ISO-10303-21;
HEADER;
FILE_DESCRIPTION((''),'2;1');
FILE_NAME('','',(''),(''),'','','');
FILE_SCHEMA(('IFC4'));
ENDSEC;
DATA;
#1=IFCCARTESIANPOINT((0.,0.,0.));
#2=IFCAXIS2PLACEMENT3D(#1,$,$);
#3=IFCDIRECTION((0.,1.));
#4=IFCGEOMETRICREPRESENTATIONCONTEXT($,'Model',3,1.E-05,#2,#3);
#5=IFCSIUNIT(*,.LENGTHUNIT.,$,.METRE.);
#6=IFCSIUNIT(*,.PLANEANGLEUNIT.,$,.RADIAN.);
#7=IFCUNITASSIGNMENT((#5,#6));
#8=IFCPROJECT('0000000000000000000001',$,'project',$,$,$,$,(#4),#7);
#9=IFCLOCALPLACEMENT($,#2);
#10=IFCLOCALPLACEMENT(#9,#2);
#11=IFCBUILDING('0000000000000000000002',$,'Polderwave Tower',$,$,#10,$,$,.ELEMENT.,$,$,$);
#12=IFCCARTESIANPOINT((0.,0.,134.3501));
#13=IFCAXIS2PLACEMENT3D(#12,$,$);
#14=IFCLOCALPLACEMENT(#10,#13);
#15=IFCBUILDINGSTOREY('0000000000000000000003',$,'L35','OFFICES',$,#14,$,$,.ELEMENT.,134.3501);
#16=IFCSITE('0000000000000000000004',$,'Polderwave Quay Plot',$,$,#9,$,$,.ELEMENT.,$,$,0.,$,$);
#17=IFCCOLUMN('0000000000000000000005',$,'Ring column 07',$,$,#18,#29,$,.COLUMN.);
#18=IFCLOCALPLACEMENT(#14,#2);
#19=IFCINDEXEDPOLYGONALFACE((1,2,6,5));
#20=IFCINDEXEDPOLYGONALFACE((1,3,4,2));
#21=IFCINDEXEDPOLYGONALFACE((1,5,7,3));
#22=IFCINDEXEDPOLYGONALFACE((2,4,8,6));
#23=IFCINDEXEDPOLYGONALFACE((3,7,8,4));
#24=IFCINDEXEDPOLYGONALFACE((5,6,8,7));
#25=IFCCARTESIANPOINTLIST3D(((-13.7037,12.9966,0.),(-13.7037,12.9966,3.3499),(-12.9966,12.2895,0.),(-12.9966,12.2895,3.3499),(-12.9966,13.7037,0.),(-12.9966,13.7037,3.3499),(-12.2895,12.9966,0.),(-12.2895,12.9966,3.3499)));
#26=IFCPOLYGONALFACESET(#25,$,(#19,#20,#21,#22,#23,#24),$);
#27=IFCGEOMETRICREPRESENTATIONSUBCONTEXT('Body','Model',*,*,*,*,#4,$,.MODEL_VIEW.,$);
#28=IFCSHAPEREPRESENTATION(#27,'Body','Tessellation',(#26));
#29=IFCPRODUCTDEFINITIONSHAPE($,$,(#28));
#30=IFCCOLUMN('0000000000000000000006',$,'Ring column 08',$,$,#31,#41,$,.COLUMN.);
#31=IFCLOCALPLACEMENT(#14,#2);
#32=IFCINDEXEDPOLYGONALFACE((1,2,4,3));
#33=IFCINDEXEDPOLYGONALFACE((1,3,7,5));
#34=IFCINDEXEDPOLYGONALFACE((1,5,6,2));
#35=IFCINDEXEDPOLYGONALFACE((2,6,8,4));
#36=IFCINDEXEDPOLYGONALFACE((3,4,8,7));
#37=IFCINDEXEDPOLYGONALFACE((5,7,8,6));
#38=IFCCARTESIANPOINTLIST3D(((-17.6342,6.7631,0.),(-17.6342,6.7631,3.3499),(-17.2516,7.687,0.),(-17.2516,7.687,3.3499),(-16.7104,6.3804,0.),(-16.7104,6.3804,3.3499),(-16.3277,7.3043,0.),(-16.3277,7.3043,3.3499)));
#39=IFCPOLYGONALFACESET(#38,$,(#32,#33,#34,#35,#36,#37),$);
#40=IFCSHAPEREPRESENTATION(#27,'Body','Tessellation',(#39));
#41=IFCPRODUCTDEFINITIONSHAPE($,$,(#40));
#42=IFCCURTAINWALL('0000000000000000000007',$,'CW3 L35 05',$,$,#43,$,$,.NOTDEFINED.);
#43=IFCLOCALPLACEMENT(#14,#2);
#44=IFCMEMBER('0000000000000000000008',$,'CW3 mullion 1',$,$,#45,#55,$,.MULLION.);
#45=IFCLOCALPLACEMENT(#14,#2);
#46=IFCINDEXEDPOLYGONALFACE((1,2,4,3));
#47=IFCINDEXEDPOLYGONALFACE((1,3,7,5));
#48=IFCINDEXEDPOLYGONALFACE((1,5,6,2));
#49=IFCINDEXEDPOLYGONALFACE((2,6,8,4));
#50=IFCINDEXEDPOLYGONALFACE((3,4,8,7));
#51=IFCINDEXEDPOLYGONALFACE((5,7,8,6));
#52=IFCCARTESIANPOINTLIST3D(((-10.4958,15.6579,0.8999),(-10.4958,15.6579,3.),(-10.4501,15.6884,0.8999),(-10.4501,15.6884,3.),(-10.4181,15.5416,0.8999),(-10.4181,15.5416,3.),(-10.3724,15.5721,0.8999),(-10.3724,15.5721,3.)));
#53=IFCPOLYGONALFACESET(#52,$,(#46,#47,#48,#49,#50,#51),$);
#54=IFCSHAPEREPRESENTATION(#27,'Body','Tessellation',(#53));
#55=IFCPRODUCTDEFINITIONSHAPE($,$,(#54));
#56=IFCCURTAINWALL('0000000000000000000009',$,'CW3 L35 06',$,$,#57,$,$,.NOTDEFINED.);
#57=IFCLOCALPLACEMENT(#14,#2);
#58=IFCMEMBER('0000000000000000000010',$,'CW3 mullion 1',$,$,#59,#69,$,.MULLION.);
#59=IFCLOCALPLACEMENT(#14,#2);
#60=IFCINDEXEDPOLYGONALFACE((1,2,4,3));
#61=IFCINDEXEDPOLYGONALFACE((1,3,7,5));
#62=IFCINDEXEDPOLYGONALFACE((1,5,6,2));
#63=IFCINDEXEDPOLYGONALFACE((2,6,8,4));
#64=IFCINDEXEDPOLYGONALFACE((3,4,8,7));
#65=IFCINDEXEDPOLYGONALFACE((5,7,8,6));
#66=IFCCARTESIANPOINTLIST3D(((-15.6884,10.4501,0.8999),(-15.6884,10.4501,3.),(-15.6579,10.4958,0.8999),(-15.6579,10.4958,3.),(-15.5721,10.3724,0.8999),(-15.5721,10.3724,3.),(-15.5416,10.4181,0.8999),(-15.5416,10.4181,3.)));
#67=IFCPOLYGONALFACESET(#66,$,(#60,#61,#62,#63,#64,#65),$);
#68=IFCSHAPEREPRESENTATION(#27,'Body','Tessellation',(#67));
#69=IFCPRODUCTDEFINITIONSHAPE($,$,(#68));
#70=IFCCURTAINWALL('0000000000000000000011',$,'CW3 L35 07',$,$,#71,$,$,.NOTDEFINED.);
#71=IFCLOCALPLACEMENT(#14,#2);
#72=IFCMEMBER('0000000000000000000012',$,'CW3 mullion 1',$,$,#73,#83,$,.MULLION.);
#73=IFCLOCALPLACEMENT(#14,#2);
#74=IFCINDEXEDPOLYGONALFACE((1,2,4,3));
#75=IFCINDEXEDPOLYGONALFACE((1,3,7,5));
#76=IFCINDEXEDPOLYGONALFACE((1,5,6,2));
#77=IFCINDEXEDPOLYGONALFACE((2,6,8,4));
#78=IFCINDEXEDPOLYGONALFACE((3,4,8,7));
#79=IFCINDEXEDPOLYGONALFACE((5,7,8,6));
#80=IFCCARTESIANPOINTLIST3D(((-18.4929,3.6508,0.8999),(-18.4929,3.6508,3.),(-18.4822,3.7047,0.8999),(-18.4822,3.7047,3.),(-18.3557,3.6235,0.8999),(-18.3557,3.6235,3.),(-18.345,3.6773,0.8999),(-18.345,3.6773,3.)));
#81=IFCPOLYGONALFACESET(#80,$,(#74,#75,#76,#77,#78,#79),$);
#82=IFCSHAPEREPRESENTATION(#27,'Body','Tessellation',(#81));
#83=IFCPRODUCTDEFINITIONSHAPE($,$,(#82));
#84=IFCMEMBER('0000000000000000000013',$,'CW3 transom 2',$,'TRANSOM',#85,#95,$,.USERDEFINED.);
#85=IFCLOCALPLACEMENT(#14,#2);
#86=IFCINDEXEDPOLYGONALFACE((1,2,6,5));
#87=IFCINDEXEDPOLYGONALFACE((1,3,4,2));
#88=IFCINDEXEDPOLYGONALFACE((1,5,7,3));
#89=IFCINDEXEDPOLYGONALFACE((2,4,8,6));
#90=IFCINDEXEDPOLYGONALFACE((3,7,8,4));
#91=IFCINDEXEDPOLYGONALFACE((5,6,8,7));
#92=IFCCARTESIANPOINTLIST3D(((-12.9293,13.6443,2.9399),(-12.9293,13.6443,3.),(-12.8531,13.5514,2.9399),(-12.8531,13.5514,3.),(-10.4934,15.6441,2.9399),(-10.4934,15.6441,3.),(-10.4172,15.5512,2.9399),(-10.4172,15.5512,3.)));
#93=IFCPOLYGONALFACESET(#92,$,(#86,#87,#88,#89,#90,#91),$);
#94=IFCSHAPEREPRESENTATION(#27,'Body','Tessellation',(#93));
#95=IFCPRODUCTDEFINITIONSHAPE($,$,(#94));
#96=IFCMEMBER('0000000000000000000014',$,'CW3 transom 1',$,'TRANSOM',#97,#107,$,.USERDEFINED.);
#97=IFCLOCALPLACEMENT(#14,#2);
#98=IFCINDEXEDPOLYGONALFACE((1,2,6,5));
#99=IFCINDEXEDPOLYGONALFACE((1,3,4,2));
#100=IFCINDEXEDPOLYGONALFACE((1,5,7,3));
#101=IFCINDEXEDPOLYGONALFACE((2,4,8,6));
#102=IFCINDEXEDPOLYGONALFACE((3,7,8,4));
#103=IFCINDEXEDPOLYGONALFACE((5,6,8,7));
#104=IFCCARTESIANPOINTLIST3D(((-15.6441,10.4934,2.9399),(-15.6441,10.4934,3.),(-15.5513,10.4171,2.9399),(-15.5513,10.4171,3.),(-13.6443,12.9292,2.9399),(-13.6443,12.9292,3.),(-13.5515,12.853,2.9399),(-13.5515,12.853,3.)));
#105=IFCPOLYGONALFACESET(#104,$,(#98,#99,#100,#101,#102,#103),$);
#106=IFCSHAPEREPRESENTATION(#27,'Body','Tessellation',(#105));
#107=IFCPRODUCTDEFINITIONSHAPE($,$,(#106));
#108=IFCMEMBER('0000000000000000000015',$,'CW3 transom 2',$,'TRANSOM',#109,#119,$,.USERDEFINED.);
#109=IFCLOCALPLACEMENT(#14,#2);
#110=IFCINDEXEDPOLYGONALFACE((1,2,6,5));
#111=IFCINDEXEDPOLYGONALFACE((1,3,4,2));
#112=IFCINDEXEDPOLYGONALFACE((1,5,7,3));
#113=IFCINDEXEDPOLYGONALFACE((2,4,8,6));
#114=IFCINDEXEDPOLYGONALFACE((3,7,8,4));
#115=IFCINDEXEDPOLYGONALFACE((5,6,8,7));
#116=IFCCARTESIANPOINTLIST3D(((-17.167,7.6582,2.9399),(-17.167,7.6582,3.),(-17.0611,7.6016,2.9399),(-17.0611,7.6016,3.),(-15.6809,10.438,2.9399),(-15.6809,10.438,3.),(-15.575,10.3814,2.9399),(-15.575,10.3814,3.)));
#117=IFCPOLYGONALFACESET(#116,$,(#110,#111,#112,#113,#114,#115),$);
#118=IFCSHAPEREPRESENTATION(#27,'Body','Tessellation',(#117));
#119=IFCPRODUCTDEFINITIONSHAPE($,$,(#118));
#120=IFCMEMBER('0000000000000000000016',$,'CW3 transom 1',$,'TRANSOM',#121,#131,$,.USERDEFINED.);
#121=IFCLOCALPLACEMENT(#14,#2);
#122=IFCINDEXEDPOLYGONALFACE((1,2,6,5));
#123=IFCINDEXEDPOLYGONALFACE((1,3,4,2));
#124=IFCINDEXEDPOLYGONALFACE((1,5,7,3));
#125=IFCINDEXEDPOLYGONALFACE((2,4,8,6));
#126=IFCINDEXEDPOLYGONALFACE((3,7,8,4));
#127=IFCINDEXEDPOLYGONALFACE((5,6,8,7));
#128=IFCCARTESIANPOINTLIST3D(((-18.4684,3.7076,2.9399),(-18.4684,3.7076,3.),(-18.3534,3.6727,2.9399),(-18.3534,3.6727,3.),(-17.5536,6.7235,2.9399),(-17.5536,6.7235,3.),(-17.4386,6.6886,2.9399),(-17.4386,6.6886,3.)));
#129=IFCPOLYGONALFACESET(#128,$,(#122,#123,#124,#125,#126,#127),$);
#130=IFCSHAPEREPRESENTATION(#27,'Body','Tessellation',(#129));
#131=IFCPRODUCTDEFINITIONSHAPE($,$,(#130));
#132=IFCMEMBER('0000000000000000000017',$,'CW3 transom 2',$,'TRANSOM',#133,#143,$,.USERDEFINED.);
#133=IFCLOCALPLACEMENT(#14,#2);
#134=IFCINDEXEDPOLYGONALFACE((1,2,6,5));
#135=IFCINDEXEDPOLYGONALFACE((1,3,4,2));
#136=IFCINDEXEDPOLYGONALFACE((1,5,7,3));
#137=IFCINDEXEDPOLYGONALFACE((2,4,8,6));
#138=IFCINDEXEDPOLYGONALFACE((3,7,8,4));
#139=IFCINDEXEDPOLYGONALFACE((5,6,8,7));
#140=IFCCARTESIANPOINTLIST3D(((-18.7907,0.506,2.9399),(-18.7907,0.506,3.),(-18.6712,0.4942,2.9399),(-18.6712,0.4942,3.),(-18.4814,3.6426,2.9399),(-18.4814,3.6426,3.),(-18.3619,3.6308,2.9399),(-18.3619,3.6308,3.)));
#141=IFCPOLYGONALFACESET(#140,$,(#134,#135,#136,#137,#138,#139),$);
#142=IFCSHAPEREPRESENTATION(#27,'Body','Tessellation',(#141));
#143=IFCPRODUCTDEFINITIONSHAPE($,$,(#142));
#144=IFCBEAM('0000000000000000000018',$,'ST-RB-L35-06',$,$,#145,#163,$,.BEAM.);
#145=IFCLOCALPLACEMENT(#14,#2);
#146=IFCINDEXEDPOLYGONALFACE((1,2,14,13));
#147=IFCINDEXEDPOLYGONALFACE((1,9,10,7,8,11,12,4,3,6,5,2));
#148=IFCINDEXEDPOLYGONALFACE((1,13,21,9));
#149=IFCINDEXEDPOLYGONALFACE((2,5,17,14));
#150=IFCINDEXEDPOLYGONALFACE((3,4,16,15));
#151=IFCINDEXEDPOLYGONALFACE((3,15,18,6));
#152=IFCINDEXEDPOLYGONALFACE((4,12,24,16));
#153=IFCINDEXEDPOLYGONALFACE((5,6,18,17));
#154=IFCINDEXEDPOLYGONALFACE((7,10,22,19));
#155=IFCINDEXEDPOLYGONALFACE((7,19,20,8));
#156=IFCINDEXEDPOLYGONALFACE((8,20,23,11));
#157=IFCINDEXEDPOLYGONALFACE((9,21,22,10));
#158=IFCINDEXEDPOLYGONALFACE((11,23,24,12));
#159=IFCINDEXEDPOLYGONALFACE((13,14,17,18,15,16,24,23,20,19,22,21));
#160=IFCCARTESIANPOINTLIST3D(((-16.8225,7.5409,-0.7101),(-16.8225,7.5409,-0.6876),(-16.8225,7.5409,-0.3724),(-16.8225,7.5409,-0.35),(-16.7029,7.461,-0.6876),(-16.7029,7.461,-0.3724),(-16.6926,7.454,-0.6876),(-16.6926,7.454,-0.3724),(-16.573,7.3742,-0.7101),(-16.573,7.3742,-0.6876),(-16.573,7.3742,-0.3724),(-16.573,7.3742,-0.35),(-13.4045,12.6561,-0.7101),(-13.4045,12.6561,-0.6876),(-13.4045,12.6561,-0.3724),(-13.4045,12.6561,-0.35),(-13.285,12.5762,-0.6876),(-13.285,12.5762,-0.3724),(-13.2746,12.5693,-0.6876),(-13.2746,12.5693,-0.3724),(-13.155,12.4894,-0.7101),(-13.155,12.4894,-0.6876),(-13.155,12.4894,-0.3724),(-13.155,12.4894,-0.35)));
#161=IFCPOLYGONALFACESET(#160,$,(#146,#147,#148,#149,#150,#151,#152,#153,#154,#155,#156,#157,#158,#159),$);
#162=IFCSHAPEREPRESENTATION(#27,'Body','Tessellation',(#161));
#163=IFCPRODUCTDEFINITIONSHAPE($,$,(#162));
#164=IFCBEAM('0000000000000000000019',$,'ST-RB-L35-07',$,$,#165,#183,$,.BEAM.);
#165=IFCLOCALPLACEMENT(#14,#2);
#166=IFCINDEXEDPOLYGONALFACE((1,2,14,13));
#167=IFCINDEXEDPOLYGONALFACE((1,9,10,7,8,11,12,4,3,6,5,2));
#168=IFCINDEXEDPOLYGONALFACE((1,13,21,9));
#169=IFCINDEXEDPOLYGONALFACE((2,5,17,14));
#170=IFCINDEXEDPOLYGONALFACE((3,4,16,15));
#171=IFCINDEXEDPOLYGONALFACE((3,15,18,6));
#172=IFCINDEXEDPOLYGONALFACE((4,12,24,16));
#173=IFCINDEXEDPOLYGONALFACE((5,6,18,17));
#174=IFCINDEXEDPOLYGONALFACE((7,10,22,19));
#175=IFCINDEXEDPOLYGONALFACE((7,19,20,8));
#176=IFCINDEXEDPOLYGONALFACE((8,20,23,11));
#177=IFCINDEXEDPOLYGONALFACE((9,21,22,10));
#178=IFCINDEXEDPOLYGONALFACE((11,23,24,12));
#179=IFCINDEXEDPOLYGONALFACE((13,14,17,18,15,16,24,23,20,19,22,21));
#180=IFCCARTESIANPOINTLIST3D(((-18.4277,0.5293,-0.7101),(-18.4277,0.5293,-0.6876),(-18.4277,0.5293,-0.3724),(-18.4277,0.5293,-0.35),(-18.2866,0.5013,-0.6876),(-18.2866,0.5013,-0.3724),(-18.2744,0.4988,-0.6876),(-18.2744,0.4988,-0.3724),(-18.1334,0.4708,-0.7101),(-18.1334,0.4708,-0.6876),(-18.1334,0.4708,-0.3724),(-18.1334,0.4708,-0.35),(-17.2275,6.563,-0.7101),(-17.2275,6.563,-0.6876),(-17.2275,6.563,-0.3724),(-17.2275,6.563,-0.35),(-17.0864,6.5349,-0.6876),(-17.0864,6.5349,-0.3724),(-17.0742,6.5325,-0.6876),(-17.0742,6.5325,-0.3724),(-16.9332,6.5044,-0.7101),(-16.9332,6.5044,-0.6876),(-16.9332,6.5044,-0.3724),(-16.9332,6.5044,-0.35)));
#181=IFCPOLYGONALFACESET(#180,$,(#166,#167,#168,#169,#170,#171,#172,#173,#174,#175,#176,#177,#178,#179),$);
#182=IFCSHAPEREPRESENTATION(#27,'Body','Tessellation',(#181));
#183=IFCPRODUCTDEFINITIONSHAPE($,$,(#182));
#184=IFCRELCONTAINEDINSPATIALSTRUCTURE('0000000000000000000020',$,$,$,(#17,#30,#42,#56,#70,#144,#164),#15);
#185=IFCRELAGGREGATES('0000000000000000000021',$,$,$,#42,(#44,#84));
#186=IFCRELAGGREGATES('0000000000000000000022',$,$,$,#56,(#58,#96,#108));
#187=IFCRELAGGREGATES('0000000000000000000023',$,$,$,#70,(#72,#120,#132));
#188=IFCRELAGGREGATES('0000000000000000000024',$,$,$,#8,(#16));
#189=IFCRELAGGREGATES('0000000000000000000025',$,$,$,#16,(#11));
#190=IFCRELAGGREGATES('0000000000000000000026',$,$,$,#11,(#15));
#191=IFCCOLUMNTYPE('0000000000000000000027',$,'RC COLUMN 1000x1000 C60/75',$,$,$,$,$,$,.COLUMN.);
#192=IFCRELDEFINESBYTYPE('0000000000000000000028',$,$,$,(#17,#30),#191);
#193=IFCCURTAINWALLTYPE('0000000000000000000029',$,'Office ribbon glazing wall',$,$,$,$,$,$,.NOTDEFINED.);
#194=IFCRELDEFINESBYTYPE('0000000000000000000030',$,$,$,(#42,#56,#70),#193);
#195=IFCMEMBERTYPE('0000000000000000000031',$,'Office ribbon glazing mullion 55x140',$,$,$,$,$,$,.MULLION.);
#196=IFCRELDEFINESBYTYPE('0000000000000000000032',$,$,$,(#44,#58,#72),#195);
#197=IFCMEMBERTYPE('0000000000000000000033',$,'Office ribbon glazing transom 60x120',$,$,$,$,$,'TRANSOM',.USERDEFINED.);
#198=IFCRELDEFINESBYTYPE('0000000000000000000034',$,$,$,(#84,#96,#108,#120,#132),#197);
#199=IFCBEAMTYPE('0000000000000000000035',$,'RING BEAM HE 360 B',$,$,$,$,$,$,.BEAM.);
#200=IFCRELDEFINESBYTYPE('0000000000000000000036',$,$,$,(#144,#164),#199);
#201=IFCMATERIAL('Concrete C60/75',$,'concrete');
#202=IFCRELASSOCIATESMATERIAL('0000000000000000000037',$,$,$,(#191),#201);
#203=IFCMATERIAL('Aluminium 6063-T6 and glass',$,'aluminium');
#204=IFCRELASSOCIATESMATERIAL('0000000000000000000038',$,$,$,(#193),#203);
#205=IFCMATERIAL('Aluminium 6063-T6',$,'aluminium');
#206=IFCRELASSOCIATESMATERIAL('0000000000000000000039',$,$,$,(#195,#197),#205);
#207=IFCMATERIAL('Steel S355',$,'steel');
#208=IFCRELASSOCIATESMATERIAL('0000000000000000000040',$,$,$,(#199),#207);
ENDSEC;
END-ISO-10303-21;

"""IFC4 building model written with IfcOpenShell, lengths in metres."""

from ifc_helpers import new_model, si_unit, direction, frame, origin, origin_2d, place, context, subcontext, project, spatial, rectangle, i_section, extrude, material, material_profile, profile_set, type_object, element, aggregate, save


model = new_model("IFC4")

# Units and contexts
model_context = context("Model", 3, precision=1e-05, world=origin(), true_north=direction((0.0, 1.0)))
body_context = subcontext(model_context, "Body", "Model", "MODEL_VIEW")
ifc_project = project(units=[si_unit("LENGTHUNIT", "METRE"), si_unit("PLANEANGLEUNIT", "RADIAN")], contexts=[model_context])

# Site, building, storey
site_placement = place(None, origin())
site = spatial("IfcSite", under=ifc_project, at=site_placement, Name="Polderwave Quay Plot", CompositionType="ELEMENT", RefElevation=0.0)
building_placement = place(site_placement, origin())
building = spatial("IfcBuilding", under=site, at=building_placement, Name="Polderwave Tower", CompositionType="ELEMENT")
storey_placement = place(building_placement, frame((0.0, 0.0, 134.3501)))
storey = spatial("IfcBuildingStorey", under=building, at=storey_placement, Name="L35", Description="OFFICES", CompositionType="ELEMENT", Elevation=134.3501)

# Columns
ifc_material_1 = material(Name="Concrete C60/75", Category="concrete")
ifc_material_profile_1 = material_profile(ifc_material_1, rectangle(XDim=1.0, YDim=1.0, at=origin_2d()), Name="RC 1000x1000")
ifc_profile_set_1 = profile_set([ifc_material_profile_1], Name="Concrete C60/75")
column_type = type_object("IfcColumnType", Name="RC COLUMN 1000x1000 C60/75", PredefinedType="COLUMN", material=ifc_profile_set_1)
for number, where, z_axis, x_axis, name in (
    (1, (-12.9966, 12.9966, 0.0), (0.0, 0.0, 1.0), (-0.707107, 0.707107, 0.0), "Ring column 07"),
    (2, (-16.981, 7.0337, 0.0), (0.0, 0.0, 1.0), (-0.92388, 0.382683, 0.0), "Ring column 08"),
):
    element("IfcColumn", number, at=place(storey_placement, frame(where, z_axis=z_axis, x_axis=x_axis)), inside=storey, type_object=column_type, Name=name, PredefinedType="COLUMN", context=body_context, shape_type="SweptSolid", body=[
        extrude(rectangle(XDim=1.0, YDim=1.0, at=origin_2d()), origin(), (0.0, 0.0, 1.0), 3.3499),
    ])

# Curtain walls, members
ifc_material_2 = material(Name="Aluminium 6063-T6 and glass", Category="aluminium")
curtain_wall_type = type_object("IfcCurtainWallType", Name="Office ribbon glazing wall", PredefinedType="NOTDEFINED", material=ifc_material_2)
curtain_wall_1_placement = place(storey_placement, origin())
curtain_wall_1 = element("IfcCurtainWall", 3, at=curtain_wall_1_placement, inside=storey, type_object=curtain_wall_type, Name="CW3 L35 05", PredefinedType="NOTDEFINED")
ifc_material_3 = material(Name="Aluminium 6063-T6", Category="aluminium")
ifc_material_profile_2 = material_profile(ifc_material_3, rectangle(XDim=0.1399, YDim=0.0549, at=origin_2d()), Name="AL 55x140")
ifc_profile_set_2 = profile_set([ifc_material_profile_2], Name="Aluminium 6063-T6")
member_type_1 = type_object("IfcMemberType", Name="Office ribbon glazing mullion 55x140", PredefinedType="MULLION", material=ifc_profile_set_2)
member_1_placement = place(storey_placement, frame((-10.4341, 15.615, 0.8999), z_axis=(0.0, 0.0, 1.0), x_axis=(0.555657, -0.831411, 0.0)))
member_1 = element("IfcMember", 4, at=member_1_placement, type_object=member_type_1, Name="CW3 mullion 1", PredefinedType="MULLION", context=body_context, shape_type="SweptSolid", body=[
    extrude(rectangle(XDim=0.1399, YDim=0.0549, at=origin_2d()), origin(), (0.0, 0.0, 1.0), 2.1001),
])
curtain_wall_2_placement = place(storey_placement, origin())
curtain_wall_2 = element("IfcCurtainWall", 5, at=curtain_wall_2_placement, inside=storey, type_object=curtain_wall_type, Name="CW3 L35 06", PredefinedType="NOTDEFINED")
member_2_placement = place(storey_placement, frame((-15.615, 10.4341, 0.8999), z_axis=(0.0, 0.0, 1.0), x_axis=(0.831411, -0.555657, 0.0)))
member_2 = element("IfcMember", 6, at=member_2_placement, type_object=member_type_1, Name="CW3 mullion 1", PredefinedType="MULLION", context=body_context, shape_type="SweptSolid", body=[
    extrude(rectangle(XDim=0.1399, YDim=0.0549, at=origin_2d()), origin(), (0.0, 0.0, 1.0), 2.1001),
])
curtain_wall_3_placement = place(storey_placement, origin())
curtain_wall_3 = element("IfcCurtainWall", 7, at=curtain_wall_3_placement, inside=storey, type_object=curtain_wall_type, Name="CW3 L35 07", PredefinedType="NOTDEFINED")
member_3_placement = place(storey_placement, frame((-18.4189, 3.6641, 0.8999), z_axis=(0.0, 0.0, 1.0), x_axis=(0.980768, -0.195179, 0.0)))
member_3 = element("IfcMember", 8, at=member_3_placement, type_object=member_type_1, Name="CW3 mullion 1", PredefinedType="MULLION", context=body_context, shape_type="SweptSolid", body=[
    extrude(rectangle(XDim=0.1399, YDim=0.0549, at=origin_2d()), origin(), (0.0, 0.0, 1.0), 2.1001),
])

# Members
ifc_material_profile_3 = material_profile(ifc_material_3, rectangle(XDim=0.1201, YDim=0.0601, at=origin_2d()), Name="AL 60x120")
ifc_profile_set_3 = profile_set([ifc_material_profile_3], Name="Aluminium 6063-T6")
member_type_2 = type_object("IfcMemberType", Name="Office ribbon glazing transom 60x120", ElementType="TRANSOM", PredefinedType="USERDEFINED", material=ifc_profile_set_3)
member_4_placement = place(storey_placement, frame((-10.4553, 15.5977, 2.97), z_axis=(-0.772893, -0.634536, 0.0), x_axis=(0.634536, -0.772893, 0.0)))
member_4 = element("IfcMember", 9, at=member_4_placement, type_object=member_type_2, Name="CW3 transom 2", ObjectType="TRANSOM", PredefinedType="USERDEFINED", context=body_context, shape_type="SweptSolid", body=[
    extrude(rectangle(XDim=0.1201, YDim=0.0601, at=origin_2d()), origin(), (0.0, 0.0, 1.0), 3.1516),
])
member_5_placement = place(storey_placement, frame((-13.5979, 12.8911, 2.97), z_axis=(-0.634536, -0.772893, 0.0), x_axis=(0.772893, -0.634536, 0.0)))
member_5 = element("IfcMember", 10, at=member_5_placement, type_object=member_type_2, Name="CW3 transom 1", ObjectType="TRANSOM", PredefinedType="USERDEFINED", context=body_context, shape_type="SweptSolid", body=[
    extrude(rectangle(XDim=0.1201, YDim=0.0601, at=origin_2d()), origin(), (0.0, 0.0, 1.0), 3.1516),
])
member_6_placement = place(storey_placement, frame((-15.6279, 10.4097, 2.97), z_axis=(-0.47146, -0.881887, 0.0), x_axis=(0.881887, -0.47146, 0.0)))
member_6 = element("IfcMember", 11, at=member_6_placement, type_object=member_type_2, Name="CW3 transom 2", ObjectType="TRANSOM", PredefinedType="USERDEFINED", context=body_context, shape_type="SweptSolid", body=[
    extrude(rectangle(XDim=0.1201, YDim=0.0601, at=origin_2d()), origin(), (0.0, 0.0, 1.0), 3.1521),
])
member_7_placement = place(storey_placement, frame((-17.4961, 6.7061, 2.97), z_axis=(-0.290268, -0.956946, 0.0), x_axis=(0.956946, -0.290268, 0.0)))
member_7 = element("IfcMember", 12, at=member_7_placement, type_object=member_type_2, Name="CW3 transom 1", ObjectType="TRANSOM", PredefinedType="USERDEFINED", context=body_context, shape_type="SweptSolid", body=[
    extrude(rectangle(XDim=0.1201, YDim=0.0601, at=origin_2d()), origin(), (0.0, 0.0, 1.0), 3.1516),
])
member_8_placement = place(storey_placement, frame((-18.4216, 3.6367, 2.97), z_axis=(-0.098139, -0.995173, 0.0), x_axis=(0.995173, -0.098139, 0.0)))
member_8 = element("IfcMember", 13, at=member_8_placement, type_object=member_type_2, Name="CW3 transom 2", ObjectType="TRANSOM", PredefinedType="USERDEFINED", context=body_context, shape_type="SweptSolid", body=[
    extrude(rectangle(XDim=0.1201, YDim=0.0601, at=origin_2d()), origin(), (0.0, 0.0, 1.0), 3.1519),
])

# Beams
ifc_material_4 = material(Name="Steel S355", Category="steel")
ifc_material_profile_4 = material_profile(ifc_material_4, i_section(OverallWidth=0.3, OverallDepth=0.3601, WebThickness=0.0125, FlangeThickness=0.0225, at=origin_2d()), Name="HE 360 B")
ifc_profile_set_4 = profile_set([ifc_material_profile_4], Name="Steel S355")
beam_type = type_object("IfcBeamType", Name="RING BEAM HE 360 B", PredefinedType="BEAM", material=ifc_profile_set_4)
beam_1_placement = place(storey_placement, frame((-13.2798, 12.5728, -0.53), z_axis=(-0.555579, -0.831464, 0.0), x_axis=(0.831464, -0.555579, 0.0)))
element("IfcBeam", 14, at=beam_1_placement, inside=storey, type_object=beam_type, Name="ST-RB-L35-06", PredefinedType="BEAM", context=body_context, shape_type="SweptSolid", body=[
    extrude(i_section(OverallWidth=0.3, OverallDepth=0.3601, WebThickness=0.0125, FlangeThickness=0.0225, at=origin_2d()), origin(), (0.0, 0.0, 1.0), 6.1521),
])
beam_2_placement = place(storey_placement, frame((-17.0803, 6.5337, -0.53), z_axis=(-0.195093, -0.980785, 0.0), x_axis=(0.980785, -0.195093, 0.0)))
element("IfcBeam", 15, at=beam_2_placement, inside=storey, type_object=beam_type, Name="ST-RB-L35-07", PredefinedType="BEAM", context=body_context, shape_type="SweptSolid", body=[
    extrude(i_section(OverallWidth=0.3, OverallDepth=0.3601, WebThickness=0.0125, FlangeThickness=0.0225, at=origin_2d()), origin(), (0.0, 0.0, 1.0), 6.1519),
])

aggregate(curtain_wall_1, [member_1, member_4])
aggregate(curtain_wall_2, [member_2, member_5, member_6])
aggregate(curtain_wall_3, [member_3, member_7, member_8])

save(model, "model.ifc")
